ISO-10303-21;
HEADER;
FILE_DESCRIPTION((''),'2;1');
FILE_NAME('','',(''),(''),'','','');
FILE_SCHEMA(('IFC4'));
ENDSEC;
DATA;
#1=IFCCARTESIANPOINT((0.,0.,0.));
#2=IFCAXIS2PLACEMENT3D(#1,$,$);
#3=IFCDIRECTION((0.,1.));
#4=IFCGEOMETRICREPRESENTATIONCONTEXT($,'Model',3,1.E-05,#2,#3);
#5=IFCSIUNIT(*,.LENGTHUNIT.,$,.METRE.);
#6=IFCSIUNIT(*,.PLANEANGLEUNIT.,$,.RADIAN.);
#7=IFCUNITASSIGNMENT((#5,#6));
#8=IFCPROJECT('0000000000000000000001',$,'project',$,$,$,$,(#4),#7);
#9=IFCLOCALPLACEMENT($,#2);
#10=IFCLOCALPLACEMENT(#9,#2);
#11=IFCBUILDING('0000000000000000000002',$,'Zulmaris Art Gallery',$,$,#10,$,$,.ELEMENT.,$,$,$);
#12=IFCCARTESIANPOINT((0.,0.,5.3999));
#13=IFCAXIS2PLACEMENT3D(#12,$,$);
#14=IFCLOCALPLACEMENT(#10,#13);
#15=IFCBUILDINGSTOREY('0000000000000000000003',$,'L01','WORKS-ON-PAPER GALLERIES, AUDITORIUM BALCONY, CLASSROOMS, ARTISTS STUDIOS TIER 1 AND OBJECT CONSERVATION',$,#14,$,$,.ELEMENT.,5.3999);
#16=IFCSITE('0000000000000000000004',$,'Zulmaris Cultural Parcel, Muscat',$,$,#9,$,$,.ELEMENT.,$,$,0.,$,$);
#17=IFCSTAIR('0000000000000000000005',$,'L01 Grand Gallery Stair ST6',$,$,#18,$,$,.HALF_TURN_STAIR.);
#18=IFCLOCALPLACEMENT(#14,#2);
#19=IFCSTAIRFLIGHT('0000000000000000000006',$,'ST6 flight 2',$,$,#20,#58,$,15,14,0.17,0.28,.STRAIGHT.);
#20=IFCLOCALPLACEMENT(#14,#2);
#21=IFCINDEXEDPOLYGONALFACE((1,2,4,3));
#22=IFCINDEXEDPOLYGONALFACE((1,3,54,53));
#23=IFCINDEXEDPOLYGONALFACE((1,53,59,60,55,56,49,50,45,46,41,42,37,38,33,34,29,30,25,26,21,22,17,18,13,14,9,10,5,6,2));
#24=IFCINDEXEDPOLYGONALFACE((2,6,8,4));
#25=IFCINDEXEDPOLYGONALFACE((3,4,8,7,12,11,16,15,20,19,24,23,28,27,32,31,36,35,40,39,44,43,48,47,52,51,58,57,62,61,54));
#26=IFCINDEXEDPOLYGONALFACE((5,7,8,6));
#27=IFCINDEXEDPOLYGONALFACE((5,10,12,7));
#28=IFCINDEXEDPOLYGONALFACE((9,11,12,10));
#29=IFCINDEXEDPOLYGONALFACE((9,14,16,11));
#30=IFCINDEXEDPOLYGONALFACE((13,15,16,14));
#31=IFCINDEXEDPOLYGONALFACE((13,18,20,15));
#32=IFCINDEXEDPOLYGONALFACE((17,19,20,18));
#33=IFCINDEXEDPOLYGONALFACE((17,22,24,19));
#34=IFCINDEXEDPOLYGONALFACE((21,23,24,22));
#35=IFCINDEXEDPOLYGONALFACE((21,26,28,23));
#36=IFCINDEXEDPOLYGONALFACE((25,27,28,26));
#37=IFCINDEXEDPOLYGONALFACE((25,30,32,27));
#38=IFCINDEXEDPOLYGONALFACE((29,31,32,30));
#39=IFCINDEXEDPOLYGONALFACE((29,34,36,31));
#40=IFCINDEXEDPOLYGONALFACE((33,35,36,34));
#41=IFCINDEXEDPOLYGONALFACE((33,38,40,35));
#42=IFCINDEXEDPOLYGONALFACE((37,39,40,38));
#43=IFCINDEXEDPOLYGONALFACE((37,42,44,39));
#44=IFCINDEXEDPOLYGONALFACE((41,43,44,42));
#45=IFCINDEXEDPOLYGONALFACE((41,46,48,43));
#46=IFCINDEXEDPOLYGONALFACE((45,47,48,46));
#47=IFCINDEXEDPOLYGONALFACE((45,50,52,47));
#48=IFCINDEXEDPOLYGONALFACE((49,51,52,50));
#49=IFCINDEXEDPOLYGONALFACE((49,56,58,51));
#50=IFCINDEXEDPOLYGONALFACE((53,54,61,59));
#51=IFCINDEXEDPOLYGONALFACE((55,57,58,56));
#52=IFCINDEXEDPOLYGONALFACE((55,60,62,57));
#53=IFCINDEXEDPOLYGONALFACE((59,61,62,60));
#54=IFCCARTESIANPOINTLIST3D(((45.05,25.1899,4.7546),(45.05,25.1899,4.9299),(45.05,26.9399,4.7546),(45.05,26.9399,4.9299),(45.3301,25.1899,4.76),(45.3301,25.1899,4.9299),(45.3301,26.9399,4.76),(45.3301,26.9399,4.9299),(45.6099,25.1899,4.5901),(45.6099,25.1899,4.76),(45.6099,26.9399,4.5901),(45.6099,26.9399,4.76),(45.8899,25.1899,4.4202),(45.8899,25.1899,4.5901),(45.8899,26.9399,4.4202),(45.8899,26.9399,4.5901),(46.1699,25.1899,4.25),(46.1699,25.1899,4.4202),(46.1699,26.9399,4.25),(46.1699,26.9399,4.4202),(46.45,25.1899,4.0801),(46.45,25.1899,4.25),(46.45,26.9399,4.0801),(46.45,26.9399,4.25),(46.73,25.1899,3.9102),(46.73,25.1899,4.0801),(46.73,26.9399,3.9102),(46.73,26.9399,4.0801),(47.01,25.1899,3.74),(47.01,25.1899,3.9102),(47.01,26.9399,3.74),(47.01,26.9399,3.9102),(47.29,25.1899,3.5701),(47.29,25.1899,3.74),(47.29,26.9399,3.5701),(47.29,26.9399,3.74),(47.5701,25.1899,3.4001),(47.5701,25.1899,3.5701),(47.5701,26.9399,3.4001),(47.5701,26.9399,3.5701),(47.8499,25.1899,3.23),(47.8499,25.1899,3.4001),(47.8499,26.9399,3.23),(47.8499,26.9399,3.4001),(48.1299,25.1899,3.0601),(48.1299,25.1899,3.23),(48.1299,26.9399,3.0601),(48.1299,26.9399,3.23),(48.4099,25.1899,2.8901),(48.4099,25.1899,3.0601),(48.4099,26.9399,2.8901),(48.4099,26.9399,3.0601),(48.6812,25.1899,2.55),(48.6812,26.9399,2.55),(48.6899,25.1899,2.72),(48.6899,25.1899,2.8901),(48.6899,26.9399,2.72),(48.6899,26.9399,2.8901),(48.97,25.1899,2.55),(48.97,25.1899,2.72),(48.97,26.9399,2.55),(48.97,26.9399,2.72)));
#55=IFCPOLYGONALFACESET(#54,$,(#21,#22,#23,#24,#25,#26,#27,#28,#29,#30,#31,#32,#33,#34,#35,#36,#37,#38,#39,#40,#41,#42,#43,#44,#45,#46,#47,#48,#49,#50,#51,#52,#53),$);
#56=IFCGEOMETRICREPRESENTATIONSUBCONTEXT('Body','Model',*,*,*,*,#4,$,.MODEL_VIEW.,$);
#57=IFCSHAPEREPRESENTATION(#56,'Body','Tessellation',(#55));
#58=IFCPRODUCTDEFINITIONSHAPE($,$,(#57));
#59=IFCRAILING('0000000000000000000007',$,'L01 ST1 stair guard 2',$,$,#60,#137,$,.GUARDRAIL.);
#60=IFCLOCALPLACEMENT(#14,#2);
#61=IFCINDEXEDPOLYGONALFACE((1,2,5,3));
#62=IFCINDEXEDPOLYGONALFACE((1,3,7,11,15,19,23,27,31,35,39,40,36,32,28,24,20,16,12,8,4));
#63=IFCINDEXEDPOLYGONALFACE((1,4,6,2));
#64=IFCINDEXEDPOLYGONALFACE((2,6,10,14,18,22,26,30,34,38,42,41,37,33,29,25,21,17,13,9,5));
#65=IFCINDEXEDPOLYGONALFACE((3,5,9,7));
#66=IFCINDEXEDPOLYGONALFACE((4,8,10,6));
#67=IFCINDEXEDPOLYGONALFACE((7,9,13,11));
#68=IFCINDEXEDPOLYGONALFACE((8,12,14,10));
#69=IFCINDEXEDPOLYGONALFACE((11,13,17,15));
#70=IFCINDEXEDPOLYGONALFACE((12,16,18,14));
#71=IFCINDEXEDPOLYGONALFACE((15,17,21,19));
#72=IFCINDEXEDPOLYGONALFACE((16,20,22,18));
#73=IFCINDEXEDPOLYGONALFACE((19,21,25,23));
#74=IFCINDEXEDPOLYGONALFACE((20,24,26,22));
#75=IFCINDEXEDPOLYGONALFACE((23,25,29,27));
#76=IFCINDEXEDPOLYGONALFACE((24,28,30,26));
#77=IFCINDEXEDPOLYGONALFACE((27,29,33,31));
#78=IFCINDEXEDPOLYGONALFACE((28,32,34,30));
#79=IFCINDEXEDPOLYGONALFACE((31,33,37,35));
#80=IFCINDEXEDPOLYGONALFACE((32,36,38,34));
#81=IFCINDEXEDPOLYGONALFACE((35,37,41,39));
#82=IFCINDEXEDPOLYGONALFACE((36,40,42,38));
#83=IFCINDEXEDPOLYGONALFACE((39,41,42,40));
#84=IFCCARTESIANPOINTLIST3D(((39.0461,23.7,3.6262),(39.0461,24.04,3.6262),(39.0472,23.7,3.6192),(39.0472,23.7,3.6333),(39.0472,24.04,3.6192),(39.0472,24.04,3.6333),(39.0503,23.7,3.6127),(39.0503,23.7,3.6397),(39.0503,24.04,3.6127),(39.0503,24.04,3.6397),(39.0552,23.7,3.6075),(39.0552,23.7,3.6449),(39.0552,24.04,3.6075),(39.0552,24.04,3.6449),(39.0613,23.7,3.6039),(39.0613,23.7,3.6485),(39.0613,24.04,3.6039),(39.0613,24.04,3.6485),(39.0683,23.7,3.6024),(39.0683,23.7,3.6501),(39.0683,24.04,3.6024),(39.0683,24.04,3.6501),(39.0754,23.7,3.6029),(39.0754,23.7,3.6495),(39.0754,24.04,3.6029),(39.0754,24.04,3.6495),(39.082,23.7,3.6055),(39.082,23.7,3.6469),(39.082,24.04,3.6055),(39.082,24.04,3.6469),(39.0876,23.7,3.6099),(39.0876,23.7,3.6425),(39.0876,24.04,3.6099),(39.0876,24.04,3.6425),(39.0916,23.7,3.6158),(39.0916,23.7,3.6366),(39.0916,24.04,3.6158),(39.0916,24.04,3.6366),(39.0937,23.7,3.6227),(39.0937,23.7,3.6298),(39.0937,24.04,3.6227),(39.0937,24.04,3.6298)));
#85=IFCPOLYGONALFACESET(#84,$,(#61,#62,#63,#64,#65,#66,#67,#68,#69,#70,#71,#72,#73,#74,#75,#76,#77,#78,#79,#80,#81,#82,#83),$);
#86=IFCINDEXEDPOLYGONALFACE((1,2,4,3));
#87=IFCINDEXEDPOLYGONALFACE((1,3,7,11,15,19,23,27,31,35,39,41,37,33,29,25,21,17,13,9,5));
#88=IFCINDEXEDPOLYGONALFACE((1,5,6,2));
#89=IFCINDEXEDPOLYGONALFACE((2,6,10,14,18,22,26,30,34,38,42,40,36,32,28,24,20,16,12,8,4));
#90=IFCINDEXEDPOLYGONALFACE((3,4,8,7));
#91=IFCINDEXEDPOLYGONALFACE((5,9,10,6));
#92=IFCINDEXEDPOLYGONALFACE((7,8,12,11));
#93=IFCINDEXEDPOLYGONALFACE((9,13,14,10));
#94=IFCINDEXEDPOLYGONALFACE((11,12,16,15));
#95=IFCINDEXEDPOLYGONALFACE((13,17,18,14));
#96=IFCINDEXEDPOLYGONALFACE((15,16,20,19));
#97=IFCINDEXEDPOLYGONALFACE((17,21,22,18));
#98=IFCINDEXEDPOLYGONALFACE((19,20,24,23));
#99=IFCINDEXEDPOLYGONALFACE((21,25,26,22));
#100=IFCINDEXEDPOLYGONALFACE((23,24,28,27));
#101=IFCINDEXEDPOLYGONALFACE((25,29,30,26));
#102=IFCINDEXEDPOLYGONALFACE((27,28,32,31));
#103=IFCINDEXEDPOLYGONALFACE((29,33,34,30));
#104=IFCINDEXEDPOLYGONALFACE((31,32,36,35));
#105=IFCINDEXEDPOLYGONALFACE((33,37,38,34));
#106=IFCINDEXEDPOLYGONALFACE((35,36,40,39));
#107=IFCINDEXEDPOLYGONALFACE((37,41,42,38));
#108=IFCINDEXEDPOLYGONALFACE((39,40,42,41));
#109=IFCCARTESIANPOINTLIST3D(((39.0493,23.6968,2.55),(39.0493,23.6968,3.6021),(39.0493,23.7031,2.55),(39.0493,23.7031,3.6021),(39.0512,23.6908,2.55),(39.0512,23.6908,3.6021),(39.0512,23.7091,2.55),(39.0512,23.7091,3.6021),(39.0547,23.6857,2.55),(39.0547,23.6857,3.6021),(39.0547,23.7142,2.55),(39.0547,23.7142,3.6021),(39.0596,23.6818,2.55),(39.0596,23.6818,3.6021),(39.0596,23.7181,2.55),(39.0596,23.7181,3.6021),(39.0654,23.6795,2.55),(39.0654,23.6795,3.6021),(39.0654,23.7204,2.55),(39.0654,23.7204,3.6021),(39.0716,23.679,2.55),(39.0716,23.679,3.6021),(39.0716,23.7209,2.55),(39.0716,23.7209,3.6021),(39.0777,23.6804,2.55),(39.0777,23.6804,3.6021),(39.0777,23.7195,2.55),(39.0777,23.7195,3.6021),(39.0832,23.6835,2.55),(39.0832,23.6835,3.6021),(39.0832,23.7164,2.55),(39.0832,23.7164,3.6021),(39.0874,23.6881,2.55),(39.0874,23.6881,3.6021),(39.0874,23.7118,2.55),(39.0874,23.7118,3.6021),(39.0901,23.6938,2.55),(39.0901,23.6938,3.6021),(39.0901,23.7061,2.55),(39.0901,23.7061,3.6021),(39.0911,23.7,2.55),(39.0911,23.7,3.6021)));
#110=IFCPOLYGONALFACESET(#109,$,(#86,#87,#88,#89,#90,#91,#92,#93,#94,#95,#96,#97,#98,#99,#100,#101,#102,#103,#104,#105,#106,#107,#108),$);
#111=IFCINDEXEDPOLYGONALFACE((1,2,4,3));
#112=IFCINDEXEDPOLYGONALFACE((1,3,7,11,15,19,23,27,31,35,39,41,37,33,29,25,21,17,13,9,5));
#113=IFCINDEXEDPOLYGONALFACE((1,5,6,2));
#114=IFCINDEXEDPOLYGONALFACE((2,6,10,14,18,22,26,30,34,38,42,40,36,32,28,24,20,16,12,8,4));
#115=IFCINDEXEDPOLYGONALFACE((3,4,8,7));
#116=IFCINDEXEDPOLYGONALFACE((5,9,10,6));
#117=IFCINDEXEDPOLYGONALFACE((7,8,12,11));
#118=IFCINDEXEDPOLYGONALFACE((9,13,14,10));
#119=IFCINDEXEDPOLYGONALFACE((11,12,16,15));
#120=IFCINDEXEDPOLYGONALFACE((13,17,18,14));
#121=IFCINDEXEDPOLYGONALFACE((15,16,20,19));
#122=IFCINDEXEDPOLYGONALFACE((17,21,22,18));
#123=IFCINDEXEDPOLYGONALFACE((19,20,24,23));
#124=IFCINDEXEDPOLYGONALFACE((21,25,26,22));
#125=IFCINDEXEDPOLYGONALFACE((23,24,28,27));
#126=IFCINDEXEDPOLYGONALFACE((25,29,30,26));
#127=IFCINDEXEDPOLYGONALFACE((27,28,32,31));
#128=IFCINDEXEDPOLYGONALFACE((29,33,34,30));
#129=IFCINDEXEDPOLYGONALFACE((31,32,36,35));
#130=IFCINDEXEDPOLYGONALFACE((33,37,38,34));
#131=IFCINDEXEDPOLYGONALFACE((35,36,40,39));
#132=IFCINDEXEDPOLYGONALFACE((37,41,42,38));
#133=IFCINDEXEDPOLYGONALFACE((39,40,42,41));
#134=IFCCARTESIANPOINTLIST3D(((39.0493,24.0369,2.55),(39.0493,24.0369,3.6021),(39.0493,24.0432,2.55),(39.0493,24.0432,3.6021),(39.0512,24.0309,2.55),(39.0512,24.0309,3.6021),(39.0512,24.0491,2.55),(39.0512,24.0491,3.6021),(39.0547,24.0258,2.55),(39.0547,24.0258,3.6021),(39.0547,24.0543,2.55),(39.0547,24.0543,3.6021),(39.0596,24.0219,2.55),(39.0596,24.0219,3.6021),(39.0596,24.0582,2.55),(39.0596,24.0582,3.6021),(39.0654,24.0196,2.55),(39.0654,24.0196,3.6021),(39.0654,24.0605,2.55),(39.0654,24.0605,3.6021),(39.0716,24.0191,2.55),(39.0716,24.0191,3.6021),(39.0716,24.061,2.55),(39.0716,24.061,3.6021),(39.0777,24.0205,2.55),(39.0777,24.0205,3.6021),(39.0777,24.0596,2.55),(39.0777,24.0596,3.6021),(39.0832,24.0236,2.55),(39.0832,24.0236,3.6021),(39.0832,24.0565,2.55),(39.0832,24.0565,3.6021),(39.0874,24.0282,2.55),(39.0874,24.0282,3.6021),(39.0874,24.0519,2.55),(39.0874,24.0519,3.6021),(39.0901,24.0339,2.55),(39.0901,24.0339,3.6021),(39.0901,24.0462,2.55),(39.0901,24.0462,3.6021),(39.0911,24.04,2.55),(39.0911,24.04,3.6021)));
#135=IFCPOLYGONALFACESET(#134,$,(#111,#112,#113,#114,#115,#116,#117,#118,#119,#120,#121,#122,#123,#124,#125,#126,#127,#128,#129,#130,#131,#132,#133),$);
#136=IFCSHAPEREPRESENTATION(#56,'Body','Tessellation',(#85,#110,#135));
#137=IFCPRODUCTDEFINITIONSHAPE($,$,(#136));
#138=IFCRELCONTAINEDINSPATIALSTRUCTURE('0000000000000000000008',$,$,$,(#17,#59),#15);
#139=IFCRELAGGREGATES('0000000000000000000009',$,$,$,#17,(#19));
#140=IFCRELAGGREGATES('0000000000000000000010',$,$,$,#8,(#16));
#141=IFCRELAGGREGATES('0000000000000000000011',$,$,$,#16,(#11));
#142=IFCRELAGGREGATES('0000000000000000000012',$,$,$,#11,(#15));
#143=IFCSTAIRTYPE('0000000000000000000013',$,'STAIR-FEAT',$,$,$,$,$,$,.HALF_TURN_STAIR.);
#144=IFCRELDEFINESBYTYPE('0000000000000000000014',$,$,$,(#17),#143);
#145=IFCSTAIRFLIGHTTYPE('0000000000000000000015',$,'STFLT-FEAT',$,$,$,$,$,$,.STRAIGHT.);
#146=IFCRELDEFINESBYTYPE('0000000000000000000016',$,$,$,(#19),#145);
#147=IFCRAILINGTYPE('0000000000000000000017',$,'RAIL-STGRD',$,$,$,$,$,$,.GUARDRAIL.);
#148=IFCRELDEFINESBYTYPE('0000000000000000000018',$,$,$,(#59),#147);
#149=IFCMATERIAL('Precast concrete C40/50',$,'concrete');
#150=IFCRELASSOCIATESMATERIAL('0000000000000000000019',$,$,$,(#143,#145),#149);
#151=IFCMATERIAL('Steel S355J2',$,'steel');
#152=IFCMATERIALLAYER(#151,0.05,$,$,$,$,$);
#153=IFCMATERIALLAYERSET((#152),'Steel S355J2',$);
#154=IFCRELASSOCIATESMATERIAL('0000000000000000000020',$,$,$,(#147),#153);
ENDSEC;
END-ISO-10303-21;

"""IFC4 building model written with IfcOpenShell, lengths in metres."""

from ifc_helpers import new_model, si_unit, direction, frame, origin, origin_2d, place, context, subcontext, project, spatial, polyline, circle, outline, extrude, material, layer, layer_set, type_object, element, aggregate, save


model = new_model("IFC4")

# Units and contexts
model_context = context("Model", 3, precision=1e-05, world=origin(), true_north=direction((0.0, 1.0)))
body_context = subcontext(model_context, "Body", "Model", "MODEL_VIEW")
ifc_project = project(units=[si_unit("LENGTHUNIT", "METRE"), si_unit("PLANEANGLEUNIT", "RADIAN")], contexts=[model_context])

# Site, building, storey
site_placement = place(None, origin())
site = spatial("IfcSite", under=ifc_project, at=site_placement, Name="Zulmaris Cultural Parcel, Muscat", CompositionType="ELEMENT", RefElevation=0.0)
building_placement = place(site_placement, origin())
building = spatial("IfcBuilding", under=site, at=building_placement, Name="Zulmaris Art Gallery", CompositionType="ELEMENT")
storey_placement = place(building_placement, frame((0.0, 0.0, 5.3999)))
storey = spatial("IfcBuildingStorey", under=building, at=storey_placement, Name="L01", Description="WORKS-ON-PAPER GALLERIES, AUDITORIUM BALCONY, CLASSROOMS, ARTISTS STUDIOS TIER 1 AND OBJECT CONSERVATION", CompositionType="ELEMENT", Elevation=5.3999)

# Shared definitions
ifc_material_1 = material(Name="Steel S355J2", Category="steel")

# Stair, stair flight
ifc_material_2 = material(Name="Precast concrete C40/50", Category="concrete")
stair_type = type_object("IfcStairType", Name="STAIR-FEAT", PredefinedType="HALF_TURN_STAIR", material=ifc_material_2)
stair_placement = place(storey_placement, origin())
stair = element("IfcStair", 1, at=stair_placement, inside=storey, type_object=stair_type, Name="L01 Grand Gallery Stair ST6", PredefinedType="HALF_TURN_STAIR")
stair_flight_type = type_object("IfcStairFlightType", Name="STFLT-FEAT", PredefinedType="STRAIGHT", material=ifc_material_2)
stair_flight_1_placement = place(storey_placement, frame((48.97, 26.0649, 2.55), z_axis=(0.0, 0.0, 1.0), x_axis=(-1.0, 0.0, 0.0)))
stair_flight_1 = element("IfcStairFlight", 2, at=stair_flight_1_placement, type_object=stair_flight_type, Name="ST6 flight 2", NumberOfRisers=15, NumberOfTreads=14, PredefinedType="STRAIGHT", RiserHeight=0.17, TreadLength=0.28, context=body_context, shape_type="SweptSolid", body=[
    extrude(outline(polyline([(0.0, 0.0), (0.0, 0.1699), (0.28, 0.1699), (0.28, 0.3401), (0.5601, 0.3401), (0.5601, 0.51), (0.8401, 0.51), (0.8401, 0.6799), (1.1201, 0.6799), (1.1201, 0.8501), (1.3999, 0.8501), (1.3999, 1.02), (1.6799, 1.02), (1.6799, 1.1899), (1.96, 1.1899), (1.96, 1.3601), (2.24, 1.3601), (2.24, 1.53), (2.52, 1.53), (2.52, 1.7), (2.8, 1.7), (2.8, 1.8701), (3.0801, 1.8701), (3.0801, 2.04), (3.3601, 2.04), (3.3601, 2.21), (3.6399, 2.21), (3.6399, 2.3799), (3.9199, 2.3799), (3.9199, 2.55), (3.9199, 2.2046), (0.2888, 0.0), (0.0, 0.0)])), frame((0.0, 0.875, 0.0), z_axis=(0.0, -1.0, 0.0), x_axis=(1.0, 0.0, 0.0)), (0.0, 0.0, 1.0), 1.75),
])
aggregate(stair, [stair_flight_1])

# Railing
ifc_layer_1 = layer(ifc_material_1, 0.05)
ifc_layer_set_1 = layer_set([ifc_layer_1], Name="Steel S355J2")
railing_type_1 = type_object("IfcRailingType", Name="RAIL-STGRD", PredefinedType="GUARDRAIL", material=ifc_layer_set_1)
railing_1_placement = place(storey_placement, frame((39.0701, 23.7, 2.55)))
element("IfcRailing", 3, at=railing_1_placement, inside=storey, type_object=railing_type_1, Name="L01 ST1 stair guard 2", PredefinedType="GUARDRAIL", context=body_context, shape_type="SweptSolid", body=[
    extrude(circle(Radius=0.0239, at=origin_2d()), frame((0.0, 0.0, 1.0762), z_axis=(0.0, 1.0, 0.0), x_axis=(-1.0, 0.0, 0.0)), (0.0, 0.0, 1.0), 0.3401),
    extrude(circle(Radius=0.021, at=origin_2d()), origin(), (0.0, 0.0, 1.0), 1.052),
    extrude(circle(Radius=0.021, at=origin_2d()), frame((0.0, 0.3401, 0.0)), (0.0, 0.0, 1.0), 1.052),
])

save(model, "model.ifc")
